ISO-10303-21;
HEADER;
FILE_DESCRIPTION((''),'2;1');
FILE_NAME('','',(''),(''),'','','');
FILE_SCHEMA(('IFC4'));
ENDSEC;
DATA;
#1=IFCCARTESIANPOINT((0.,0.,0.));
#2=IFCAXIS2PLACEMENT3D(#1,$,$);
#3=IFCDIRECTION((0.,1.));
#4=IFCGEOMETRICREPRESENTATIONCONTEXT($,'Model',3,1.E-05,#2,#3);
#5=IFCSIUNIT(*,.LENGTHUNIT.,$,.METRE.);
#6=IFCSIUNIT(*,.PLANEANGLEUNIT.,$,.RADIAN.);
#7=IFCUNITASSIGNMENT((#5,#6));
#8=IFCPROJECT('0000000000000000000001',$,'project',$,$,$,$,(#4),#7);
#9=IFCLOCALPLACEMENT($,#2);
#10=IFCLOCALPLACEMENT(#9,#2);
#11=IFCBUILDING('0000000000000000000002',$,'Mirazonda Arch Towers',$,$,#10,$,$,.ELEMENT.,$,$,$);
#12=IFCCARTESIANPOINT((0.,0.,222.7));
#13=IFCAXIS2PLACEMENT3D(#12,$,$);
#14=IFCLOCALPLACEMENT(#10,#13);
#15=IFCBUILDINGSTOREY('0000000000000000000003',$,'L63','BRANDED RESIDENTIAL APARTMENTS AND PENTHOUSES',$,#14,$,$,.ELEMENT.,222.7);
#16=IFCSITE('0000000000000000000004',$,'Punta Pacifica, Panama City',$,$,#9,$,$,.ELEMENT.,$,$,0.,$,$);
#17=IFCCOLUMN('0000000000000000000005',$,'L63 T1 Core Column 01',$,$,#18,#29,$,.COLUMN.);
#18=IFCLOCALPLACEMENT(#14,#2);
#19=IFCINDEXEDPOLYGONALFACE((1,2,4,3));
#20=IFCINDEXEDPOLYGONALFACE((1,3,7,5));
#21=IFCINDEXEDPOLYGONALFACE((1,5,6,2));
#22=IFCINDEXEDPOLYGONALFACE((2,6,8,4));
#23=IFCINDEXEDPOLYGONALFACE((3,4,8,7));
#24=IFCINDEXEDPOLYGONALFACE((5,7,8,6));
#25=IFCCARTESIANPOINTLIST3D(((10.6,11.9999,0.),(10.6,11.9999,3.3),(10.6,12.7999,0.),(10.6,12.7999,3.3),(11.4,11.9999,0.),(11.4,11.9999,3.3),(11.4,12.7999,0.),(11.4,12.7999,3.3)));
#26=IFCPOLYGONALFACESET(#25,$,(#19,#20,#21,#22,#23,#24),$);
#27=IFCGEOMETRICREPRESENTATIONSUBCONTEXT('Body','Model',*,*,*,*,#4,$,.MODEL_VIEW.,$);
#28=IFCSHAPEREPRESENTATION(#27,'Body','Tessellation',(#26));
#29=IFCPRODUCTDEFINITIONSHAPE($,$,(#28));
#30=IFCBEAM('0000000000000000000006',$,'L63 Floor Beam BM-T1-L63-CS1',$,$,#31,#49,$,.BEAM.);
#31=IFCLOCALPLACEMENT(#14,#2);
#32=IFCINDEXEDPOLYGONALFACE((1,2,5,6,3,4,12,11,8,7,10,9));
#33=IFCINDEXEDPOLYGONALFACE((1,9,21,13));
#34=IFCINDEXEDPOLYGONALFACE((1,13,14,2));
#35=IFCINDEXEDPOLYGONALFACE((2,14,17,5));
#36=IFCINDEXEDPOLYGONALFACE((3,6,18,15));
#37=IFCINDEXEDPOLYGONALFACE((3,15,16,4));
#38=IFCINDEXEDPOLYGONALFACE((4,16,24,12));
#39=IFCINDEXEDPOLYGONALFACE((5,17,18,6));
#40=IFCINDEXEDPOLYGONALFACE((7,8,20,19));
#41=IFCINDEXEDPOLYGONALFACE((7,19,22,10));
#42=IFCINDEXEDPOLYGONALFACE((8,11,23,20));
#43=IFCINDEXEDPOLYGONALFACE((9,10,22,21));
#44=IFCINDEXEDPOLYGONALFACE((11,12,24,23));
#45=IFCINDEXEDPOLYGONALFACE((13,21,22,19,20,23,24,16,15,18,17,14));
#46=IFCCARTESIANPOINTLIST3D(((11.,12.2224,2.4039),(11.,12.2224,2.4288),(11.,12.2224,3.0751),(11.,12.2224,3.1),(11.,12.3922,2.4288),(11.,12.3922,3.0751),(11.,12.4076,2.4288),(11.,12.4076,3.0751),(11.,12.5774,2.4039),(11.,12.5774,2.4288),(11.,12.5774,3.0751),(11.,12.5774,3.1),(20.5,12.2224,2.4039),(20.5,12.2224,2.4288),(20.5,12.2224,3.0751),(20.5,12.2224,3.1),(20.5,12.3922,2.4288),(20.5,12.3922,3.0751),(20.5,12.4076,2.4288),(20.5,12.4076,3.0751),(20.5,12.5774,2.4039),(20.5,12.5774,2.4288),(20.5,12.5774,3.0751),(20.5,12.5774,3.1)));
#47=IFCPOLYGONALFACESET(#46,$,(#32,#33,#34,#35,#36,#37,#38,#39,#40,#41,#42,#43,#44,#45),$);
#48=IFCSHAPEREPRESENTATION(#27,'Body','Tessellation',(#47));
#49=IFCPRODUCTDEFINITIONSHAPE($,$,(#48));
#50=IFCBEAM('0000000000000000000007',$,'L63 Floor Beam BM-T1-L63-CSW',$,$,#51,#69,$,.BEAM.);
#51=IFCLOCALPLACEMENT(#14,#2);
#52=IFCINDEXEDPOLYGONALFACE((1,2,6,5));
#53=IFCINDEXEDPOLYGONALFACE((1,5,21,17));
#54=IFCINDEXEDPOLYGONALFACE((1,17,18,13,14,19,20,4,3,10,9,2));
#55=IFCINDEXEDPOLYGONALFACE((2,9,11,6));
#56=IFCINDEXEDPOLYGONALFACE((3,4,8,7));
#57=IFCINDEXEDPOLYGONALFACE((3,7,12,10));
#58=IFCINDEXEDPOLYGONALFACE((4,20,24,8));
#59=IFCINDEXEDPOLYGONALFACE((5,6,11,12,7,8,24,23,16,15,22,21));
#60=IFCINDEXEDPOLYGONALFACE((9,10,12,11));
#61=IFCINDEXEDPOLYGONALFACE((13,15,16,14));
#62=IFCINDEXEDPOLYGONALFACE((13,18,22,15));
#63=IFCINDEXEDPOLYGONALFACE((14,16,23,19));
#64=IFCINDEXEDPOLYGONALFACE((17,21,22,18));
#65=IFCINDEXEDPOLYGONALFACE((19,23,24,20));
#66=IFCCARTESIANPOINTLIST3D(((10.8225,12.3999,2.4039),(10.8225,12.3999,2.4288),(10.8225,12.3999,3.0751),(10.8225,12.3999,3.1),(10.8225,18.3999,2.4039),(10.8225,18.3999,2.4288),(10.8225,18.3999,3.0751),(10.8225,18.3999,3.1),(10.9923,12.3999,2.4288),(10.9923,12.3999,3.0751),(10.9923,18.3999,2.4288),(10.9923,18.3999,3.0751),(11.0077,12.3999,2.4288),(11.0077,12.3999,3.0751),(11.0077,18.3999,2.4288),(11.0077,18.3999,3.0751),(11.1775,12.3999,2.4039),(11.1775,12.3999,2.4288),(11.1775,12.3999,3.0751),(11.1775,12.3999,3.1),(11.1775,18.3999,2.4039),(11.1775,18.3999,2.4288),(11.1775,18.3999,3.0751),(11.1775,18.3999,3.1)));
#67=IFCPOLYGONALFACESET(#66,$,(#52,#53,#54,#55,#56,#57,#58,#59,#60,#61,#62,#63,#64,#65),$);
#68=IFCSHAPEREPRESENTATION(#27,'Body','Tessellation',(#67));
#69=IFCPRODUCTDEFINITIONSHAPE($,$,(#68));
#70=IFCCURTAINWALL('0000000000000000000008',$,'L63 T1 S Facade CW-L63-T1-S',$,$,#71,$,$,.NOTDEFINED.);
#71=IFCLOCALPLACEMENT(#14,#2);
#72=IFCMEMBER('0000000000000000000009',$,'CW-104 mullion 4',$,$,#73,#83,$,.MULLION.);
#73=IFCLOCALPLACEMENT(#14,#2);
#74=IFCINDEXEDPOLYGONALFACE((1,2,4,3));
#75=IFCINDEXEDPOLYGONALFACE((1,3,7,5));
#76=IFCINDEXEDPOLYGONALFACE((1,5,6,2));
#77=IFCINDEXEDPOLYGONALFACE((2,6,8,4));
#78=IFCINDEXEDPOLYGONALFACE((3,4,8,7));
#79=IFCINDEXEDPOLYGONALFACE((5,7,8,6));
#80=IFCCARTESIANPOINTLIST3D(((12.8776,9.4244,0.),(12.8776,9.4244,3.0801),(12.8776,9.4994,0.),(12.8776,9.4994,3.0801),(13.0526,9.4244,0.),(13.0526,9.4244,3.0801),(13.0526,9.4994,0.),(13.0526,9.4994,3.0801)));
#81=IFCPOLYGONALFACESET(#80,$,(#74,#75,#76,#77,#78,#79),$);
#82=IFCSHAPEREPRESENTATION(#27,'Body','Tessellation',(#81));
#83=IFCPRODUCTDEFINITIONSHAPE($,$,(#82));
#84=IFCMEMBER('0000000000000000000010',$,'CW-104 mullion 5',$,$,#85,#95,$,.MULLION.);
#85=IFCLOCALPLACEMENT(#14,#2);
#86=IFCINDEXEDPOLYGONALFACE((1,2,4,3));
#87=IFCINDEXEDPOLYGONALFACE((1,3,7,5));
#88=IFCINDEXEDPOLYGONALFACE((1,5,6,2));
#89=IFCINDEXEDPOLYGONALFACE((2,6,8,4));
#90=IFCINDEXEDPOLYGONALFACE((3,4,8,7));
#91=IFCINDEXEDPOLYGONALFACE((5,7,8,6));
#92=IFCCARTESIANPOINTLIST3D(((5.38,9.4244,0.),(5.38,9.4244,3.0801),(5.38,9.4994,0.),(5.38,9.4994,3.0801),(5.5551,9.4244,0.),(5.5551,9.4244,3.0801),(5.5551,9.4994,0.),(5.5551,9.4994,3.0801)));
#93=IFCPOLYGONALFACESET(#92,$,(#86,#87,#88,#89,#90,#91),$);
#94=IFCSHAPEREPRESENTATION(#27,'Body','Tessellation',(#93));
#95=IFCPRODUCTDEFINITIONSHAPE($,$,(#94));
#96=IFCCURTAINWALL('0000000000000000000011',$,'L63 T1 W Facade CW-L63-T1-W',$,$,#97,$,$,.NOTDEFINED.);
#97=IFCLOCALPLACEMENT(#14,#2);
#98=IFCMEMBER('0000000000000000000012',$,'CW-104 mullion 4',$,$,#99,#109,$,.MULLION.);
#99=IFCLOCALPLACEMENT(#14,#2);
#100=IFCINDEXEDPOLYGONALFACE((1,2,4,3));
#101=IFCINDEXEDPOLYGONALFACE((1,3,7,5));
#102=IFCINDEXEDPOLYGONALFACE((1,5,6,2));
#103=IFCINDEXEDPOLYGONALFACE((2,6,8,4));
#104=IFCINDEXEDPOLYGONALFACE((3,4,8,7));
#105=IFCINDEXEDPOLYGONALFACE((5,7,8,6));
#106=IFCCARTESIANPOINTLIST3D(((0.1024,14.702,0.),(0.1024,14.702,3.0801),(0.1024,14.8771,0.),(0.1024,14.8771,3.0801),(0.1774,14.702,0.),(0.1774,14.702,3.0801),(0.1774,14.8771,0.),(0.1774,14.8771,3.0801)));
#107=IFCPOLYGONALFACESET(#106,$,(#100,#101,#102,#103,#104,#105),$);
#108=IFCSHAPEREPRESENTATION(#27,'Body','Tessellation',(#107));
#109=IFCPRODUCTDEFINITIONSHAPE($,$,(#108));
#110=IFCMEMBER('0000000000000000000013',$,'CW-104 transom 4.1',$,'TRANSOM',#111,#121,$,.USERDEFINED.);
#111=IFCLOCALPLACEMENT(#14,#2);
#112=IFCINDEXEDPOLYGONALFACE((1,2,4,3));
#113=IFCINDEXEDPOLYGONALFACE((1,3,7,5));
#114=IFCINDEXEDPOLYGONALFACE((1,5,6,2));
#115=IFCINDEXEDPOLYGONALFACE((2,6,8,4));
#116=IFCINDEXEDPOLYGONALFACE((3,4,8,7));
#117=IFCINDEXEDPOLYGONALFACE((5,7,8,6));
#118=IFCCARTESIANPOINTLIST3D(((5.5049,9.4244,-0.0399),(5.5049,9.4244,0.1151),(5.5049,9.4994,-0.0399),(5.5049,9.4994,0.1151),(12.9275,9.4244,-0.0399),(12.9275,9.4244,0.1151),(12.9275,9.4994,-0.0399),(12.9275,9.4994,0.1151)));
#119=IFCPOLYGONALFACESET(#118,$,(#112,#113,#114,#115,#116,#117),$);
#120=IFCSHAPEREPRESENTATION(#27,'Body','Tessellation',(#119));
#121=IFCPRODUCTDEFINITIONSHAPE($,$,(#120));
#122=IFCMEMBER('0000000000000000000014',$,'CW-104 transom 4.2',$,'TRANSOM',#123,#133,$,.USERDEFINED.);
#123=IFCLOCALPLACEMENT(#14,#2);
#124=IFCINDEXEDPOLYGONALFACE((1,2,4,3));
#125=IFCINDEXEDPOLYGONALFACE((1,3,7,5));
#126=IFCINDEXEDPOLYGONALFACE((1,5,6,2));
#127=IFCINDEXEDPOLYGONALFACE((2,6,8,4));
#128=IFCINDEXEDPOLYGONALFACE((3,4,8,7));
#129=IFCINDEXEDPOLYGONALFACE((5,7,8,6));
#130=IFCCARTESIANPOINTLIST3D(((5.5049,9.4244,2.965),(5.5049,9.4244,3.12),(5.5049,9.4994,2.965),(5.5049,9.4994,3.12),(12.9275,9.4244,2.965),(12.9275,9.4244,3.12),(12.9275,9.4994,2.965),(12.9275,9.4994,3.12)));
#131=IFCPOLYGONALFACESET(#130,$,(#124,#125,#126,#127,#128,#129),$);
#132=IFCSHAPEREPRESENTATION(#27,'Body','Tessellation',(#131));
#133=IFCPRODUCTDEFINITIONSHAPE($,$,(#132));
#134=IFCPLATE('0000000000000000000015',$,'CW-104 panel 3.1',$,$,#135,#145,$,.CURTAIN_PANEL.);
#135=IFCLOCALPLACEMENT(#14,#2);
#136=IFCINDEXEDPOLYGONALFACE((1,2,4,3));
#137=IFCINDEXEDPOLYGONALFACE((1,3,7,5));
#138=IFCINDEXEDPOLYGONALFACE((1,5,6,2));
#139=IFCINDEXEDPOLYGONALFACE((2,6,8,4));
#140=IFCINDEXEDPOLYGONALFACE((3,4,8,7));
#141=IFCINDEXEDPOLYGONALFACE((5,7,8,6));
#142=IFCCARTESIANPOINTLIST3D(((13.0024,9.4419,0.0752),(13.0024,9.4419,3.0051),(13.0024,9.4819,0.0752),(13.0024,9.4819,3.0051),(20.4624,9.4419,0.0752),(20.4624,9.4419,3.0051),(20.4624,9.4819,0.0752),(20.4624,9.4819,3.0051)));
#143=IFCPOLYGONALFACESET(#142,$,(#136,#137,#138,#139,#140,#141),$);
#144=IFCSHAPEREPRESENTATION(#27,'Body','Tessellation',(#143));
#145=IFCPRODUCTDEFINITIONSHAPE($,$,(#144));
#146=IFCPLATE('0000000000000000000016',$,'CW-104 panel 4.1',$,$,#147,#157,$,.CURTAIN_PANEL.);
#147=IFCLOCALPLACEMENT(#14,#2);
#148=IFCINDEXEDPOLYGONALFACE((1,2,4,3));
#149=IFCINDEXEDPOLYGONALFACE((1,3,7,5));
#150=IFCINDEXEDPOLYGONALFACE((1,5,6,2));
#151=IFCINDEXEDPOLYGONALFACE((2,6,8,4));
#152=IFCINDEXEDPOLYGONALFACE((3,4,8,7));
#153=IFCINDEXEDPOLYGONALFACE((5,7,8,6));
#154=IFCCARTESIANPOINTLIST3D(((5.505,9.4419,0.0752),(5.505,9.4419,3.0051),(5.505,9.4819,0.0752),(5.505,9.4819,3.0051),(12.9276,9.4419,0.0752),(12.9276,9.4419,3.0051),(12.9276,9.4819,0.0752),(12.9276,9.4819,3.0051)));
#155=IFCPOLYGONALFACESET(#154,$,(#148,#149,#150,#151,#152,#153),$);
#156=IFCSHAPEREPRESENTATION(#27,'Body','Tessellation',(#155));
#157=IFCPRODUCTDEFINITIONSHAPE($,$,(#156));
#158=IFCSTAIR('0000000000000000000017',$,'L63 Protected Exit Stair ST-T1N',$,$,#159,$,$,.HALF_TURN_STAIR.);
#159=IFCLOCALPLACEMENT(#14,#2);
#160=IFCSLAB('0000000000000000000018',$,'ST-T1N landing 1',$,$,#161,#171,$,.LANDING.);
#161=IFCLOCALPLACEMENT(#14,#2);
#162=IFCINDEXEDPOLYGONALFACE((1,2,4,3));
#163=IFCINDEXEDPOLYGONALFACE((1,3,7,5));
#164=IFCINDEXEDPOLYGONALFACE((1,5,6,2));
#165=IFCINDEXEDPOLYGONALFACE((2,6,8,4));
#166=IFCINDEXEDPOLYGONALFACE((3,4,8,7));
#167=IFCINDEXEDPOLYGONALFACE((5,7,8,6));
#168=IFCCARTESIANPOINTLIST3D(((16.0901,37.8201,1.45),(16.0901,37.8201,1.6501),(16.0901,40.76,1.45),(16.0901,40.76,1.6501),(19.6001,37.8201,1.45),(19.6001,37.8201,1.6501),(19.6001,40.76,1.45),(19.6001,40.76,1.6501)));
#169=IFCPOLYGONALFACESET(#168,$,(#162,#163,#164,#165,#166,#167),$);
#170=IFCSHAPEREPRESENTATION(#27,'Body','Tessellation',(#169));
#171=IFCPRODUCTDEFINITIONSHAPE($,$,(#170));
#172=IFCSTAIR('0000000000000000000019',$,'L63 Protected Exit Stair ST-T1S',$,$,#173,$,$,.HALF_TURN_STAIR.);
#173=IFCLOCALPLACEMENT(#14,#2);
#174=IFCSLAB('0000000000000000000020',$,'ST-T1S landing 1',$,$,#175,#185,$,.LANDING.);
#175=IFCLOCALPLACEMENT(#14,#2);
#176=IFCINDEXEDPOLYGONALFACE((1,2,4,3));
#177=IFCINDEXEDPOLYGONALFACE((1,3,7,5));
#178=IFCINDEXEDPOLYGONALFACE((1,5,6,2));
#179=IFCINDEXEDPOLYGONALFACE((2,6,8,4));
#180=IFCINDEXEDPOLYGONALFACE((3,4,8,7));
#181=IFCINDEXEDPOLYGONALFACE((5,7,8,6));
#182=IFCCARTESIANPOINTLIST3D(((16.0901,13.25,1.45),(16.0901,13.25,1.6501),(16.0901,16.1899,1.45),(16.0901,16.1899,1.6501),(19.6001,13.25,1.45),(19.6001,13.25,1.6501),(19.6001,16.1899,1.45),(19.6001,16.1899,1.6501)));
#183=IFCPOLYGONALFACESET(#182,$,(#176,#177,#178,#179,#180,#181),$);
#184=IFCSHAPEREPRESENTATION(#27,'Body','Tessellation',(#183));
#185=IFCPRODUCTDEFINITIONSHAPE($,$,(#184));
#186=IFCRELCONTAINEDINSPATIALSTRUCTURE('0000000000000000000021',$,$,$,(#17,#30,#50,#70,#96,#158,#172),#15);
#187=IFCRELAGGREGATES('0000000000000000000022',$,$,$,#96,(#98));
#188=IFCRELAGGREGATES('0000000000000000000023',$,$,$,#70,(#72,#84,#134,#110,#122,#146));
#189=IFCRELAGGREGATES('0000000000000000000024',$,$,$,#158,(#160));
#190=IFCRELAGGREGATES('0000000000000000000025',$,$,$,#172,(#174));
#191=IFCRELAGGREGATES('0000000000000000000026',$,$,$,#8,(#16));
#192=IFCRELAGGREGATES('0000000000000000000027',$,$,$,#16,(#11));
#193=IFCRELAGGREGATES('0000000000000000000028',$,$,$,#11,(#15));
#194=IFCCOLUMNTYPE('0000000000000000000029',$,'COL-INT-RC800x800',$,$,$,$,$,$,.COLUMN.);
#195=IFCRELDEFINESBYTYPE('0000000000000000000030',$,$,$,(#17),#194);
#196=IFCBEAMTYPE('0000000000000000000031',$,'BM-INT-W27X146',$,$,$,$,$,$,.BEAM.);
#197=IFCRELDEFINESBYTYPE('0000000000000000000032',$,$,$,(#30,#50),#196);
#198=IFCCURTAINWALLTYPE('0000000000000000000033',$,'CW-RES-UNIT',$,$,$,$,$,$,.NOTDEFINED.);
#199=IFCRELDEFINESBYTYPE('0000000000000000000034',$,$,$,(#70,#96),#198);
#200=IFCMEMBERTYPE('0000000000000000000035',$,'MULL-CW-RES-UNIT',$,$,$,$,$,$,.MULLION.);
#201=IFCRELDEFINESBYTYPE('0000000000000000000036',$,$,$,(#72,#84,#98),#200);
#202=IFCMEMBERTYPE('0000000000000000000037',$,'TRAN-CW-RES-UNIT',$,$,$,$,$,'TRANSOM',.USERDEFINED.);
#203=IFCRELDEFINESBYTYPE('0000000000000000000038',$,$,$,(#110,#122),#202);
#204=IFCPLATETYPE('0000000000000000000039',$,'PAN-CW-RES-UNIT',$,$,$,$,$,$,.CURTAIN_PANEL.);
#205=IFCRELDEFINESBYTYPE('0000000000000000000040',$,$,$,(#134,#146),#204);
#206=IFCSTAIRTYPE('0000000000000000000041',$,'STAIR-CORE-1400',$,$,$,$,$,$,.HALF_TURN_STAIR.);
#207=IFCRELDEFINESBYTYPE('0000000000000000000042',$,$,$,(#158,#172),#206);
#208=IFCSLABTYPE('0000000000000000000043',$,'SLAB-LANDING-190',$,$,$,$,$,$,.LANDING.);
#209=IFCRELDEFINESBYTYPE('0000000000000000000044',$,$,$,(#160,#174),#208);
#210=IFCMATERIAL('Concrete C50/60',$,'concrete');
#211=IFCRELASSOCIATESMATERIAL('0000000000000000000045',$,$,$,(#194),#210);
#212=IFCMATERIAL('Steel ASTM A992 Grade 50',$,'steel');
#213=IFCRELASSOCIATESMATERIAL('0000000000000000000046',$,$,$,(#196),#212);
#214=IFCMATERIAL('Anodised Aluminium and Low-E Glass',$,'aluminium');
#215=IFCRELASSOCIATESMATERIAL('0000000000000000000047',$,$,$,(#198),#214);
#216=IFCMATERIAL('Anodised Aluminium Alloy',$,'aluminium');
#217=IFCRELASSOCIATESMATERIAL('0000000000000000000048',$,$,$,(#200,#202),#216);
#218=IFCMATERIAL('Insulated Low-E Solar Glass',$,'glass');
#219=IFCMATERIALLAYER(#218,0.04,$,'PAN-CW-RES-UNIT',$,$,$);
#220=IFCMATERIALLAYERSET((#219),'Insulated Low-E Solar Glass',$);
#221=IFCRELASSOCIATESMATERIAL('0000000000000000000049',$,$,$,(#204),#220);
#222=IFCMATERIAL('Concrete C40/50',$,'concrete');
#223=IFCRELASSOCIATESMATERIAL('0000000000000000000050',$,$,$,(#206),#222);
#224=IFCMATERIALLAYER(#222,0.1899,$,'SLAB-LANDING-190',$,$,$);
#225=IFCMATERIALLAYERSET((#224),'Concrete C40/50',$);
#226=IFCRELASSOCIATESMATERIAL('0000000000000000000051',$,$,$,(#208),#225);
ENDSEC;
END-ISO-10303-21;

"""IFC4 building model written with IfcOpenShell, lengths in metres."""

from ifc_helpers import new_model, si_unit, direction, frame, origin, origin_2d, place, context, subcontext, project, spatial, polyline, rectangle, i_section, outline, extrude, material, layer, layer_set, material_profile, profile_set, type_object, element, aggregate, save


model = new_model("IFC4")

# Units and contexts
model_context = context("Model", 3, precision=1e-05, world=origin(), true_north=direction((0.0, 1.0)))
body_context = subcontext(model_context, "Body", "Model", "MODEL_VIEW")
ifc_project = project(units=[si_unit("LENGTHUNIT", "METRE"), si_unit("PLANEANGLEUNIT", "RADIAN")], contexts=[model_context])

# Site, building, storey
site_placement = place(None, origin())
site = spatial("IfcSite", under=ifc_project, at=site_placement, Name="Punta Pacifica, Panama City", CompositionType="ELEMENT", RefElevation=0.0)
building_placement = place(site_placement, origin())
building = spatial("IfcBuilding", under=site, at=building_placement, Name="Mirazonda Arch Towers", CompositionType="ELEMENT")
storey_placement = place(building_placement, frame((0.0, 0.0, 222.7)))
storey = spatial("IfcBuildingStorey", under=building, at=storey_placement, Name="L63", Description="BRANDED RESIDENTIAL APARTMENTS AND PENTHOUSES", CompositionType="ELEMENT", Elevation=222.7)

# Column
ifc_material_1 = material(Name="Concrete C50/60", Category="concrete")
ifc_material_profile_1 = material_profile(ifc_material_1, rectangle(XDim=0.8, YDim=0.8, at=origin_2d()), Name="RC800x800")
ifc_profile_set_1 = profile_set([ifc_material_profile_1], Name="Concrete C50/60")
column_type = type_object("IfcColumnType", Name="COL-INT-RC800x800", PredefinedType="COLUMN", material=ifc_profile_set_1)
column_placement = place(storey_placement, frame((11.0, 12.3999, 0.0), z_axis=(0.0, 0.0, 1.0), x_axis=(1.0, 0.0, 0.0)))
element("IfcColumn", 1, at=column_placement, inside=storey, type_object=column_type, Name="L63 T1 Core Column 01", PredefinedType="COLUMN", context=body_context, shape_type="SweptSolid", body=[
    extrude(rectangle(XDim=0.8, YDim=0.8, at=origin_2d()), origin(), (0.0, 0.0, 1.0), 3.3),
])

# Beams
ifc_material_2 = material(Name="Steel ASTM A992 Grade 50", Category="steel")
ifc_material_profile_2 = material_profile(ifc_material_2, i_section(OverallWidth=0.355, OverallDepth=0.696, WebThickness=0.0154, FlangeThickness=0.0249, at=origin_2d()), Name="W27X146")
ifc_profile_set_2 = profile_set([ifc_material_profile_2], Name="Steel ASTM A992 Grade 50")
beam_type = type_object("IfcBeamType", Name="BM-INT-W27X146", PredefinedType="BEAM", material=ifc_profile_set_2)
beam_1_placement = place(storey_placement, frame((11.0, 12.3999, 2.752), z_axis=(1.0, 0.0, 0.0), x_axis=(0.0, 1.0, 0.0)))
element("IfcBeam", 2, at=beam_1_placement, inside=storey, type_object=beam_type, Name="L63 Floor Beam BM-T1-L63-CS1", PredefinedType="BEAM", context=body_context, shape_type="SweptSolid", body=[
    extrude(i_section(OverallWidth=0.355, OverallDepth=0.696, WebThickness=0.0154, FlangeThickness=0.0249, at=origin_2d()), origin(), (0.0, 0.0, 1.0), 9.5),
])
beam_2_placement = place(storey_placement, frame((11.0, 12.3999, 2.752), z_axis=(0.0, 1.0, 0.0), x_axis=(-1.0, 0.0, 0.0)))
element("IfcBeam", 3, at=beam_2_placement, inside=storey, type_object=beam_type, Name="L63 Floor Beam BM-T1-L63-CSW", PredefinedType="BEAM", context=body_context, shape_type="SweptSolid", body=[
    extrude(i_section(OverallWidth=0.355, OverallDepth=0.696, WebThickness=0.0154, FlangeThickness=0.0249, at=origin_2d()), origin(), (0.0, 0.0, 1.0), 6.0),
])

# Curtain wall, members
ifc_material_3 = material(Name="Anodised Aluminium and Low-E Glass", Category="aluminium")
curtain_wall_type = type_object("IfcCurtainWallType", Name="CW-RES-UNIT", PredefinedType="NOTDEFINED", material=ifc_material_3)
curtain_wall_1_placement = place(storey_placement, origin())
curtain_wall_1 = element("IfcCurtainWall", 4, at=curtain_wall_1_placement, inside=storey, type_object=curtain_wall_type, Name="L63 T1 S Facade CW-L63-T1-S", PredefinedType="NOTDEFINED")
ifc_material_4 = material(Name="Anodised Aluminium Alloy", Category="aluminium")
ifc_material_profile_3 = material_profile(ifc_material_4, rectangle(XDim=0.075, YDim=0.175, at=origin_2d()), Name="ALU-MULL-75x175")
ifc_profile_set_3 = profile_set([ifc_material_profile_3], Name="Anodised Aluminium Alloy")
member_type_1 = type_object("IfcMemberType", Name="MULL-CW-RES-UNIT", PredefinedType="MULLION", material=ifc_profile_set_3)
member_1_placement = place(storey_placement, frame((12.9651, 9.4619, 0.0), z_axis=(0.0, 0.0, 1.0), x_axis=(0.0, -1.0, 0.0)))
member_1 = element("IfcMember", 5, at=member_1_placement, type_object=member_type_1, Name="CW-104 mullion 4", PredefinedType="MULLION", context=body_context, shape_type="SweptSolid", body=[
    extrude(rectangle(XDim=0.075, YDim=0.175, at=origin_2d()), origin(), (0.0, 0.0, 1.0), 3.0801),
])
member_2_placement = place(storey_placement, frame((5.4675, 9.4619, 0.0), z_axis=(0.0, 0.0, 1.0), x_axis=(0.0, -1.0, 0.0)))
member_2 = element("IfcMember", 6, at=member_2_placement, type_object=member_type_1, Name="CW-104 mullion 5", PredefinedType="MULLION", context=body_context, shape_type="SweptSolid", body=[
    extrude(rectangle(XDim=0.075, YDim=0.175, at=origin_2d()), origin(), (0.0, 0.0, 1.0), 3.0801),
])

# Curtain wall, member
curtain_wall_2_placement = place(storey_placement, origin())
curtain_wall_2 = element("IfcCurtainWall", 7, at=curtain_wall_2_placement, inside=storey, type_object=curtain_wall_type, Name="L63 T1 W Facade CW-L63-T1-W", PredefinedType="NOTDEFINED")
member_3_placement = place(storey_placement, frame((0.1399, 14.7896, 0.0), z_axis=(0.0, 0.0, 1.0), x_axis=(1.0, 0.0, 0.0)))
member_3 = element("IfcMember", 8, at=member_3_placement, type_object=member_type_1, Name="CW-104 mullion 4", PredefinedType="MULLION", context=body_context, shape_type="SweptSolid", body=[
    extrude(rectangle(XDim=0.075, YDim=0.175, at=origin_2d()), origin(), (0.0, 0.0, 1.0), 3.0801),
])
aggregate(curtain_wall_2, [member_3])

# Members
ifc_material_profile_4 = material_profile(ifc_material_4, rectangle(XDim=0.075, YDim=0.155, at=origin_2d()), Name="ALU-TRAN-75x155")
ifc_profile_set_4 = profile_set([ifc_material_profile_4], Name="Anodised Aluminium Alloy")
member_type_2 = type_object("IfcMemberType", Name="TRAN-CW-RES-UNIT", ElementType="TRANSOM", PredefinedType="USERDEFINED", material=ifc_profile_set_4)
member_4_placement = place(storey_placement, frame((12.9275, 9.4619, 0.0376), z_axis=(-1.0, 0.0, 0.0), x_axis=(0.0, -1.0, 0.0)))
member_4 = element("IfcMember", 9, at=member_4_placement, type_object=member_type_2, Name="CW-104 transom 4.1", ObjectType="TRANSOM", PredefinedType="USERDEFINED", context=body_context, shape_type="SweptSolid", body=[
    extrude(rectangle(XDim=0.075, YDim=0.155, at=origin_2d()), origin(), (0.0, 0.0, 1.0), 7.4226),
])
member_5_placement = place(storey_placement, frame((12.9275, 9.4619, 3.0425), z_axis=(-1.0, 0.0, 0.0), x_axis=(0.0, -1.0, 0.0)))
member_5 = element("IfcMember", 10, at=member_5_placement, type_object=member_type_2, Name="CW-104 transom 4.2", ObjectType="TRANSOM", PredefinedType="USERDEFINED", context=body_context, shape_type="SweptSolid", body=[
    extrude(rectangle(XDim=0.075, YDim=0.155, at=origin_2d()), origin(), (0.0, 0.0, 1.0), 7.4226),
])

# Plates
ifc_material_5 = material(Name="Insulated Low-E Solar Glass", Category="glass")
ifc_layer_1 = layer(ifc_material_5, 0.04, Name="PAN-CW-RES-UNIT")
ifc_layer_set_1 = layer_set([ifc_layer_1], Name="Insulated Low-E Solar Glass")
plate_type = type_object("IfcPlateType", Name="PAN-CW-RES-UNIT", PredefinedType="CURTAIN_PANEL", material=ifc_layer_set_1)
plate_1_placement = place(storey_placement, frame((16.7324, 9.4619, 0.0752), z_axis=(0.0, 0.0, 1.0), x_axis=(-1.0, 0.0, 0.0)))
plate_1 = element("IfcPlate", 11, at=plate_1_placement, type_object=plate_type, Name="CW-104 panel 3.1", PredefinedType="CURTAIN_PANEL", context=body_context, shape_type="SweptSolid", body=[
    extrude(rectangle(XDim=7.46, YDim=0.04, at=origin_2d()), origin(), (0.0, 0.0, 1.0), 2.9299),
])
plate_2_placement = place(storey_placement, frame((9.2163, 9.4619, 0.0752), z_axis=(0.0, 0.0, 1.0), x_axis=(-1.0, 0.0, 0.0)))
plate_2 = element("IfcPlate", 12, at=plate_2_placement, type_object=plate_type, Name="CW-104 panel 4.1", PredefinedType="CURTAIN_PANEL", context=body_context, shape_type="SweptSolid", body=[
    extrude(rectangle(XDim=7.4226, YDim=0.04, at=origin_2d()), origin(), (0.0, 0.0, 1.0), 2.9299),
])
aggregate(curtain_wall_1, [member_1, member_2, plate_1, member_4, member_5, plate_2])

# Stairs, slabs
ifc_material_6 = material(Name="Concrete C40/50", Category="concrete")
stair_type = type_object("IfcStairType", Name="STAIR-CORE-1400", PredefinedType="HALF_TURN_STAIR", material=ifc_material_6)
stair_1_placement = place(storey_placement, origin())
stair_1 = element("IfcStair", 13, at=stair_1_placement, inside=storey, type_object=stair_type, Name="L63 Protected Exit Stair ST-T1N", PredefinedType="HALF_TURN_STAIR")
ifc_layer_2 = layer(ifc_material_6, 0.1899, Name="SLAB-LANDING-190")
ifc_layer_set_2 = layer_set([ifc_layer_2], Name="Concrete C40/50")
slab_type_1 = type_object("IfcSlabType", Name="SLAB-LANDING-190", PredefinedType="LANDING", material=ifc_layer_set_2)
slab_1_placement = place(storey_placement, frame((0.0, 0.0, 1.45)))
slab_1 = element("IfcSlab", 14, at=slab_1_placement, type_object=slab_type_1, Name="ST-T1N landing 1", PredefinedType="LANDING", context=body_context, shape_type="SweptSolid", body=[
    extrude(outline(polyline([(16.0901, 37.8201), (19.6001, 37.8201), (19.6001, 40.76), (16.0901, 40.76), (16.0901, 37.8201)])), origin(), (0.0, 0.0, 1.0), 0.2002),
])
aggregate(stair_1, [slab_1])
stair_2_placement = place(storey_placement, origin())
stair_2 = element("IfcStair", 15, at=stair_2_placement, inside=storey, type_object=stair_type, Name="L63 Protected Exit Stair ST-T1S", PredefinedType="HALF_TURN_STAIR")
slab_2_placement = place(storey_placement, frame((0.0, 0.0, 1.45)))
slab_2 = element("IfcSlab", 16, at=slab_2_placement, type_object=slab_type_1, Name="ST-T1S landing 1", PredefinedType="LANDING", context=body_context, shape_type="SweptSolid", body=[
    extrude(outline(polyline([(16.0901, 13.25), (19.6001, 13.25), (19.6001, 16.1899), (16.0901, 16.1899), (16.0901, 13.25)])), origin(), (0.0, 0.0, 1.0), 0.2002),
])

aggregate(stair_2, [slab_2])

save(model, "model.ifc")
